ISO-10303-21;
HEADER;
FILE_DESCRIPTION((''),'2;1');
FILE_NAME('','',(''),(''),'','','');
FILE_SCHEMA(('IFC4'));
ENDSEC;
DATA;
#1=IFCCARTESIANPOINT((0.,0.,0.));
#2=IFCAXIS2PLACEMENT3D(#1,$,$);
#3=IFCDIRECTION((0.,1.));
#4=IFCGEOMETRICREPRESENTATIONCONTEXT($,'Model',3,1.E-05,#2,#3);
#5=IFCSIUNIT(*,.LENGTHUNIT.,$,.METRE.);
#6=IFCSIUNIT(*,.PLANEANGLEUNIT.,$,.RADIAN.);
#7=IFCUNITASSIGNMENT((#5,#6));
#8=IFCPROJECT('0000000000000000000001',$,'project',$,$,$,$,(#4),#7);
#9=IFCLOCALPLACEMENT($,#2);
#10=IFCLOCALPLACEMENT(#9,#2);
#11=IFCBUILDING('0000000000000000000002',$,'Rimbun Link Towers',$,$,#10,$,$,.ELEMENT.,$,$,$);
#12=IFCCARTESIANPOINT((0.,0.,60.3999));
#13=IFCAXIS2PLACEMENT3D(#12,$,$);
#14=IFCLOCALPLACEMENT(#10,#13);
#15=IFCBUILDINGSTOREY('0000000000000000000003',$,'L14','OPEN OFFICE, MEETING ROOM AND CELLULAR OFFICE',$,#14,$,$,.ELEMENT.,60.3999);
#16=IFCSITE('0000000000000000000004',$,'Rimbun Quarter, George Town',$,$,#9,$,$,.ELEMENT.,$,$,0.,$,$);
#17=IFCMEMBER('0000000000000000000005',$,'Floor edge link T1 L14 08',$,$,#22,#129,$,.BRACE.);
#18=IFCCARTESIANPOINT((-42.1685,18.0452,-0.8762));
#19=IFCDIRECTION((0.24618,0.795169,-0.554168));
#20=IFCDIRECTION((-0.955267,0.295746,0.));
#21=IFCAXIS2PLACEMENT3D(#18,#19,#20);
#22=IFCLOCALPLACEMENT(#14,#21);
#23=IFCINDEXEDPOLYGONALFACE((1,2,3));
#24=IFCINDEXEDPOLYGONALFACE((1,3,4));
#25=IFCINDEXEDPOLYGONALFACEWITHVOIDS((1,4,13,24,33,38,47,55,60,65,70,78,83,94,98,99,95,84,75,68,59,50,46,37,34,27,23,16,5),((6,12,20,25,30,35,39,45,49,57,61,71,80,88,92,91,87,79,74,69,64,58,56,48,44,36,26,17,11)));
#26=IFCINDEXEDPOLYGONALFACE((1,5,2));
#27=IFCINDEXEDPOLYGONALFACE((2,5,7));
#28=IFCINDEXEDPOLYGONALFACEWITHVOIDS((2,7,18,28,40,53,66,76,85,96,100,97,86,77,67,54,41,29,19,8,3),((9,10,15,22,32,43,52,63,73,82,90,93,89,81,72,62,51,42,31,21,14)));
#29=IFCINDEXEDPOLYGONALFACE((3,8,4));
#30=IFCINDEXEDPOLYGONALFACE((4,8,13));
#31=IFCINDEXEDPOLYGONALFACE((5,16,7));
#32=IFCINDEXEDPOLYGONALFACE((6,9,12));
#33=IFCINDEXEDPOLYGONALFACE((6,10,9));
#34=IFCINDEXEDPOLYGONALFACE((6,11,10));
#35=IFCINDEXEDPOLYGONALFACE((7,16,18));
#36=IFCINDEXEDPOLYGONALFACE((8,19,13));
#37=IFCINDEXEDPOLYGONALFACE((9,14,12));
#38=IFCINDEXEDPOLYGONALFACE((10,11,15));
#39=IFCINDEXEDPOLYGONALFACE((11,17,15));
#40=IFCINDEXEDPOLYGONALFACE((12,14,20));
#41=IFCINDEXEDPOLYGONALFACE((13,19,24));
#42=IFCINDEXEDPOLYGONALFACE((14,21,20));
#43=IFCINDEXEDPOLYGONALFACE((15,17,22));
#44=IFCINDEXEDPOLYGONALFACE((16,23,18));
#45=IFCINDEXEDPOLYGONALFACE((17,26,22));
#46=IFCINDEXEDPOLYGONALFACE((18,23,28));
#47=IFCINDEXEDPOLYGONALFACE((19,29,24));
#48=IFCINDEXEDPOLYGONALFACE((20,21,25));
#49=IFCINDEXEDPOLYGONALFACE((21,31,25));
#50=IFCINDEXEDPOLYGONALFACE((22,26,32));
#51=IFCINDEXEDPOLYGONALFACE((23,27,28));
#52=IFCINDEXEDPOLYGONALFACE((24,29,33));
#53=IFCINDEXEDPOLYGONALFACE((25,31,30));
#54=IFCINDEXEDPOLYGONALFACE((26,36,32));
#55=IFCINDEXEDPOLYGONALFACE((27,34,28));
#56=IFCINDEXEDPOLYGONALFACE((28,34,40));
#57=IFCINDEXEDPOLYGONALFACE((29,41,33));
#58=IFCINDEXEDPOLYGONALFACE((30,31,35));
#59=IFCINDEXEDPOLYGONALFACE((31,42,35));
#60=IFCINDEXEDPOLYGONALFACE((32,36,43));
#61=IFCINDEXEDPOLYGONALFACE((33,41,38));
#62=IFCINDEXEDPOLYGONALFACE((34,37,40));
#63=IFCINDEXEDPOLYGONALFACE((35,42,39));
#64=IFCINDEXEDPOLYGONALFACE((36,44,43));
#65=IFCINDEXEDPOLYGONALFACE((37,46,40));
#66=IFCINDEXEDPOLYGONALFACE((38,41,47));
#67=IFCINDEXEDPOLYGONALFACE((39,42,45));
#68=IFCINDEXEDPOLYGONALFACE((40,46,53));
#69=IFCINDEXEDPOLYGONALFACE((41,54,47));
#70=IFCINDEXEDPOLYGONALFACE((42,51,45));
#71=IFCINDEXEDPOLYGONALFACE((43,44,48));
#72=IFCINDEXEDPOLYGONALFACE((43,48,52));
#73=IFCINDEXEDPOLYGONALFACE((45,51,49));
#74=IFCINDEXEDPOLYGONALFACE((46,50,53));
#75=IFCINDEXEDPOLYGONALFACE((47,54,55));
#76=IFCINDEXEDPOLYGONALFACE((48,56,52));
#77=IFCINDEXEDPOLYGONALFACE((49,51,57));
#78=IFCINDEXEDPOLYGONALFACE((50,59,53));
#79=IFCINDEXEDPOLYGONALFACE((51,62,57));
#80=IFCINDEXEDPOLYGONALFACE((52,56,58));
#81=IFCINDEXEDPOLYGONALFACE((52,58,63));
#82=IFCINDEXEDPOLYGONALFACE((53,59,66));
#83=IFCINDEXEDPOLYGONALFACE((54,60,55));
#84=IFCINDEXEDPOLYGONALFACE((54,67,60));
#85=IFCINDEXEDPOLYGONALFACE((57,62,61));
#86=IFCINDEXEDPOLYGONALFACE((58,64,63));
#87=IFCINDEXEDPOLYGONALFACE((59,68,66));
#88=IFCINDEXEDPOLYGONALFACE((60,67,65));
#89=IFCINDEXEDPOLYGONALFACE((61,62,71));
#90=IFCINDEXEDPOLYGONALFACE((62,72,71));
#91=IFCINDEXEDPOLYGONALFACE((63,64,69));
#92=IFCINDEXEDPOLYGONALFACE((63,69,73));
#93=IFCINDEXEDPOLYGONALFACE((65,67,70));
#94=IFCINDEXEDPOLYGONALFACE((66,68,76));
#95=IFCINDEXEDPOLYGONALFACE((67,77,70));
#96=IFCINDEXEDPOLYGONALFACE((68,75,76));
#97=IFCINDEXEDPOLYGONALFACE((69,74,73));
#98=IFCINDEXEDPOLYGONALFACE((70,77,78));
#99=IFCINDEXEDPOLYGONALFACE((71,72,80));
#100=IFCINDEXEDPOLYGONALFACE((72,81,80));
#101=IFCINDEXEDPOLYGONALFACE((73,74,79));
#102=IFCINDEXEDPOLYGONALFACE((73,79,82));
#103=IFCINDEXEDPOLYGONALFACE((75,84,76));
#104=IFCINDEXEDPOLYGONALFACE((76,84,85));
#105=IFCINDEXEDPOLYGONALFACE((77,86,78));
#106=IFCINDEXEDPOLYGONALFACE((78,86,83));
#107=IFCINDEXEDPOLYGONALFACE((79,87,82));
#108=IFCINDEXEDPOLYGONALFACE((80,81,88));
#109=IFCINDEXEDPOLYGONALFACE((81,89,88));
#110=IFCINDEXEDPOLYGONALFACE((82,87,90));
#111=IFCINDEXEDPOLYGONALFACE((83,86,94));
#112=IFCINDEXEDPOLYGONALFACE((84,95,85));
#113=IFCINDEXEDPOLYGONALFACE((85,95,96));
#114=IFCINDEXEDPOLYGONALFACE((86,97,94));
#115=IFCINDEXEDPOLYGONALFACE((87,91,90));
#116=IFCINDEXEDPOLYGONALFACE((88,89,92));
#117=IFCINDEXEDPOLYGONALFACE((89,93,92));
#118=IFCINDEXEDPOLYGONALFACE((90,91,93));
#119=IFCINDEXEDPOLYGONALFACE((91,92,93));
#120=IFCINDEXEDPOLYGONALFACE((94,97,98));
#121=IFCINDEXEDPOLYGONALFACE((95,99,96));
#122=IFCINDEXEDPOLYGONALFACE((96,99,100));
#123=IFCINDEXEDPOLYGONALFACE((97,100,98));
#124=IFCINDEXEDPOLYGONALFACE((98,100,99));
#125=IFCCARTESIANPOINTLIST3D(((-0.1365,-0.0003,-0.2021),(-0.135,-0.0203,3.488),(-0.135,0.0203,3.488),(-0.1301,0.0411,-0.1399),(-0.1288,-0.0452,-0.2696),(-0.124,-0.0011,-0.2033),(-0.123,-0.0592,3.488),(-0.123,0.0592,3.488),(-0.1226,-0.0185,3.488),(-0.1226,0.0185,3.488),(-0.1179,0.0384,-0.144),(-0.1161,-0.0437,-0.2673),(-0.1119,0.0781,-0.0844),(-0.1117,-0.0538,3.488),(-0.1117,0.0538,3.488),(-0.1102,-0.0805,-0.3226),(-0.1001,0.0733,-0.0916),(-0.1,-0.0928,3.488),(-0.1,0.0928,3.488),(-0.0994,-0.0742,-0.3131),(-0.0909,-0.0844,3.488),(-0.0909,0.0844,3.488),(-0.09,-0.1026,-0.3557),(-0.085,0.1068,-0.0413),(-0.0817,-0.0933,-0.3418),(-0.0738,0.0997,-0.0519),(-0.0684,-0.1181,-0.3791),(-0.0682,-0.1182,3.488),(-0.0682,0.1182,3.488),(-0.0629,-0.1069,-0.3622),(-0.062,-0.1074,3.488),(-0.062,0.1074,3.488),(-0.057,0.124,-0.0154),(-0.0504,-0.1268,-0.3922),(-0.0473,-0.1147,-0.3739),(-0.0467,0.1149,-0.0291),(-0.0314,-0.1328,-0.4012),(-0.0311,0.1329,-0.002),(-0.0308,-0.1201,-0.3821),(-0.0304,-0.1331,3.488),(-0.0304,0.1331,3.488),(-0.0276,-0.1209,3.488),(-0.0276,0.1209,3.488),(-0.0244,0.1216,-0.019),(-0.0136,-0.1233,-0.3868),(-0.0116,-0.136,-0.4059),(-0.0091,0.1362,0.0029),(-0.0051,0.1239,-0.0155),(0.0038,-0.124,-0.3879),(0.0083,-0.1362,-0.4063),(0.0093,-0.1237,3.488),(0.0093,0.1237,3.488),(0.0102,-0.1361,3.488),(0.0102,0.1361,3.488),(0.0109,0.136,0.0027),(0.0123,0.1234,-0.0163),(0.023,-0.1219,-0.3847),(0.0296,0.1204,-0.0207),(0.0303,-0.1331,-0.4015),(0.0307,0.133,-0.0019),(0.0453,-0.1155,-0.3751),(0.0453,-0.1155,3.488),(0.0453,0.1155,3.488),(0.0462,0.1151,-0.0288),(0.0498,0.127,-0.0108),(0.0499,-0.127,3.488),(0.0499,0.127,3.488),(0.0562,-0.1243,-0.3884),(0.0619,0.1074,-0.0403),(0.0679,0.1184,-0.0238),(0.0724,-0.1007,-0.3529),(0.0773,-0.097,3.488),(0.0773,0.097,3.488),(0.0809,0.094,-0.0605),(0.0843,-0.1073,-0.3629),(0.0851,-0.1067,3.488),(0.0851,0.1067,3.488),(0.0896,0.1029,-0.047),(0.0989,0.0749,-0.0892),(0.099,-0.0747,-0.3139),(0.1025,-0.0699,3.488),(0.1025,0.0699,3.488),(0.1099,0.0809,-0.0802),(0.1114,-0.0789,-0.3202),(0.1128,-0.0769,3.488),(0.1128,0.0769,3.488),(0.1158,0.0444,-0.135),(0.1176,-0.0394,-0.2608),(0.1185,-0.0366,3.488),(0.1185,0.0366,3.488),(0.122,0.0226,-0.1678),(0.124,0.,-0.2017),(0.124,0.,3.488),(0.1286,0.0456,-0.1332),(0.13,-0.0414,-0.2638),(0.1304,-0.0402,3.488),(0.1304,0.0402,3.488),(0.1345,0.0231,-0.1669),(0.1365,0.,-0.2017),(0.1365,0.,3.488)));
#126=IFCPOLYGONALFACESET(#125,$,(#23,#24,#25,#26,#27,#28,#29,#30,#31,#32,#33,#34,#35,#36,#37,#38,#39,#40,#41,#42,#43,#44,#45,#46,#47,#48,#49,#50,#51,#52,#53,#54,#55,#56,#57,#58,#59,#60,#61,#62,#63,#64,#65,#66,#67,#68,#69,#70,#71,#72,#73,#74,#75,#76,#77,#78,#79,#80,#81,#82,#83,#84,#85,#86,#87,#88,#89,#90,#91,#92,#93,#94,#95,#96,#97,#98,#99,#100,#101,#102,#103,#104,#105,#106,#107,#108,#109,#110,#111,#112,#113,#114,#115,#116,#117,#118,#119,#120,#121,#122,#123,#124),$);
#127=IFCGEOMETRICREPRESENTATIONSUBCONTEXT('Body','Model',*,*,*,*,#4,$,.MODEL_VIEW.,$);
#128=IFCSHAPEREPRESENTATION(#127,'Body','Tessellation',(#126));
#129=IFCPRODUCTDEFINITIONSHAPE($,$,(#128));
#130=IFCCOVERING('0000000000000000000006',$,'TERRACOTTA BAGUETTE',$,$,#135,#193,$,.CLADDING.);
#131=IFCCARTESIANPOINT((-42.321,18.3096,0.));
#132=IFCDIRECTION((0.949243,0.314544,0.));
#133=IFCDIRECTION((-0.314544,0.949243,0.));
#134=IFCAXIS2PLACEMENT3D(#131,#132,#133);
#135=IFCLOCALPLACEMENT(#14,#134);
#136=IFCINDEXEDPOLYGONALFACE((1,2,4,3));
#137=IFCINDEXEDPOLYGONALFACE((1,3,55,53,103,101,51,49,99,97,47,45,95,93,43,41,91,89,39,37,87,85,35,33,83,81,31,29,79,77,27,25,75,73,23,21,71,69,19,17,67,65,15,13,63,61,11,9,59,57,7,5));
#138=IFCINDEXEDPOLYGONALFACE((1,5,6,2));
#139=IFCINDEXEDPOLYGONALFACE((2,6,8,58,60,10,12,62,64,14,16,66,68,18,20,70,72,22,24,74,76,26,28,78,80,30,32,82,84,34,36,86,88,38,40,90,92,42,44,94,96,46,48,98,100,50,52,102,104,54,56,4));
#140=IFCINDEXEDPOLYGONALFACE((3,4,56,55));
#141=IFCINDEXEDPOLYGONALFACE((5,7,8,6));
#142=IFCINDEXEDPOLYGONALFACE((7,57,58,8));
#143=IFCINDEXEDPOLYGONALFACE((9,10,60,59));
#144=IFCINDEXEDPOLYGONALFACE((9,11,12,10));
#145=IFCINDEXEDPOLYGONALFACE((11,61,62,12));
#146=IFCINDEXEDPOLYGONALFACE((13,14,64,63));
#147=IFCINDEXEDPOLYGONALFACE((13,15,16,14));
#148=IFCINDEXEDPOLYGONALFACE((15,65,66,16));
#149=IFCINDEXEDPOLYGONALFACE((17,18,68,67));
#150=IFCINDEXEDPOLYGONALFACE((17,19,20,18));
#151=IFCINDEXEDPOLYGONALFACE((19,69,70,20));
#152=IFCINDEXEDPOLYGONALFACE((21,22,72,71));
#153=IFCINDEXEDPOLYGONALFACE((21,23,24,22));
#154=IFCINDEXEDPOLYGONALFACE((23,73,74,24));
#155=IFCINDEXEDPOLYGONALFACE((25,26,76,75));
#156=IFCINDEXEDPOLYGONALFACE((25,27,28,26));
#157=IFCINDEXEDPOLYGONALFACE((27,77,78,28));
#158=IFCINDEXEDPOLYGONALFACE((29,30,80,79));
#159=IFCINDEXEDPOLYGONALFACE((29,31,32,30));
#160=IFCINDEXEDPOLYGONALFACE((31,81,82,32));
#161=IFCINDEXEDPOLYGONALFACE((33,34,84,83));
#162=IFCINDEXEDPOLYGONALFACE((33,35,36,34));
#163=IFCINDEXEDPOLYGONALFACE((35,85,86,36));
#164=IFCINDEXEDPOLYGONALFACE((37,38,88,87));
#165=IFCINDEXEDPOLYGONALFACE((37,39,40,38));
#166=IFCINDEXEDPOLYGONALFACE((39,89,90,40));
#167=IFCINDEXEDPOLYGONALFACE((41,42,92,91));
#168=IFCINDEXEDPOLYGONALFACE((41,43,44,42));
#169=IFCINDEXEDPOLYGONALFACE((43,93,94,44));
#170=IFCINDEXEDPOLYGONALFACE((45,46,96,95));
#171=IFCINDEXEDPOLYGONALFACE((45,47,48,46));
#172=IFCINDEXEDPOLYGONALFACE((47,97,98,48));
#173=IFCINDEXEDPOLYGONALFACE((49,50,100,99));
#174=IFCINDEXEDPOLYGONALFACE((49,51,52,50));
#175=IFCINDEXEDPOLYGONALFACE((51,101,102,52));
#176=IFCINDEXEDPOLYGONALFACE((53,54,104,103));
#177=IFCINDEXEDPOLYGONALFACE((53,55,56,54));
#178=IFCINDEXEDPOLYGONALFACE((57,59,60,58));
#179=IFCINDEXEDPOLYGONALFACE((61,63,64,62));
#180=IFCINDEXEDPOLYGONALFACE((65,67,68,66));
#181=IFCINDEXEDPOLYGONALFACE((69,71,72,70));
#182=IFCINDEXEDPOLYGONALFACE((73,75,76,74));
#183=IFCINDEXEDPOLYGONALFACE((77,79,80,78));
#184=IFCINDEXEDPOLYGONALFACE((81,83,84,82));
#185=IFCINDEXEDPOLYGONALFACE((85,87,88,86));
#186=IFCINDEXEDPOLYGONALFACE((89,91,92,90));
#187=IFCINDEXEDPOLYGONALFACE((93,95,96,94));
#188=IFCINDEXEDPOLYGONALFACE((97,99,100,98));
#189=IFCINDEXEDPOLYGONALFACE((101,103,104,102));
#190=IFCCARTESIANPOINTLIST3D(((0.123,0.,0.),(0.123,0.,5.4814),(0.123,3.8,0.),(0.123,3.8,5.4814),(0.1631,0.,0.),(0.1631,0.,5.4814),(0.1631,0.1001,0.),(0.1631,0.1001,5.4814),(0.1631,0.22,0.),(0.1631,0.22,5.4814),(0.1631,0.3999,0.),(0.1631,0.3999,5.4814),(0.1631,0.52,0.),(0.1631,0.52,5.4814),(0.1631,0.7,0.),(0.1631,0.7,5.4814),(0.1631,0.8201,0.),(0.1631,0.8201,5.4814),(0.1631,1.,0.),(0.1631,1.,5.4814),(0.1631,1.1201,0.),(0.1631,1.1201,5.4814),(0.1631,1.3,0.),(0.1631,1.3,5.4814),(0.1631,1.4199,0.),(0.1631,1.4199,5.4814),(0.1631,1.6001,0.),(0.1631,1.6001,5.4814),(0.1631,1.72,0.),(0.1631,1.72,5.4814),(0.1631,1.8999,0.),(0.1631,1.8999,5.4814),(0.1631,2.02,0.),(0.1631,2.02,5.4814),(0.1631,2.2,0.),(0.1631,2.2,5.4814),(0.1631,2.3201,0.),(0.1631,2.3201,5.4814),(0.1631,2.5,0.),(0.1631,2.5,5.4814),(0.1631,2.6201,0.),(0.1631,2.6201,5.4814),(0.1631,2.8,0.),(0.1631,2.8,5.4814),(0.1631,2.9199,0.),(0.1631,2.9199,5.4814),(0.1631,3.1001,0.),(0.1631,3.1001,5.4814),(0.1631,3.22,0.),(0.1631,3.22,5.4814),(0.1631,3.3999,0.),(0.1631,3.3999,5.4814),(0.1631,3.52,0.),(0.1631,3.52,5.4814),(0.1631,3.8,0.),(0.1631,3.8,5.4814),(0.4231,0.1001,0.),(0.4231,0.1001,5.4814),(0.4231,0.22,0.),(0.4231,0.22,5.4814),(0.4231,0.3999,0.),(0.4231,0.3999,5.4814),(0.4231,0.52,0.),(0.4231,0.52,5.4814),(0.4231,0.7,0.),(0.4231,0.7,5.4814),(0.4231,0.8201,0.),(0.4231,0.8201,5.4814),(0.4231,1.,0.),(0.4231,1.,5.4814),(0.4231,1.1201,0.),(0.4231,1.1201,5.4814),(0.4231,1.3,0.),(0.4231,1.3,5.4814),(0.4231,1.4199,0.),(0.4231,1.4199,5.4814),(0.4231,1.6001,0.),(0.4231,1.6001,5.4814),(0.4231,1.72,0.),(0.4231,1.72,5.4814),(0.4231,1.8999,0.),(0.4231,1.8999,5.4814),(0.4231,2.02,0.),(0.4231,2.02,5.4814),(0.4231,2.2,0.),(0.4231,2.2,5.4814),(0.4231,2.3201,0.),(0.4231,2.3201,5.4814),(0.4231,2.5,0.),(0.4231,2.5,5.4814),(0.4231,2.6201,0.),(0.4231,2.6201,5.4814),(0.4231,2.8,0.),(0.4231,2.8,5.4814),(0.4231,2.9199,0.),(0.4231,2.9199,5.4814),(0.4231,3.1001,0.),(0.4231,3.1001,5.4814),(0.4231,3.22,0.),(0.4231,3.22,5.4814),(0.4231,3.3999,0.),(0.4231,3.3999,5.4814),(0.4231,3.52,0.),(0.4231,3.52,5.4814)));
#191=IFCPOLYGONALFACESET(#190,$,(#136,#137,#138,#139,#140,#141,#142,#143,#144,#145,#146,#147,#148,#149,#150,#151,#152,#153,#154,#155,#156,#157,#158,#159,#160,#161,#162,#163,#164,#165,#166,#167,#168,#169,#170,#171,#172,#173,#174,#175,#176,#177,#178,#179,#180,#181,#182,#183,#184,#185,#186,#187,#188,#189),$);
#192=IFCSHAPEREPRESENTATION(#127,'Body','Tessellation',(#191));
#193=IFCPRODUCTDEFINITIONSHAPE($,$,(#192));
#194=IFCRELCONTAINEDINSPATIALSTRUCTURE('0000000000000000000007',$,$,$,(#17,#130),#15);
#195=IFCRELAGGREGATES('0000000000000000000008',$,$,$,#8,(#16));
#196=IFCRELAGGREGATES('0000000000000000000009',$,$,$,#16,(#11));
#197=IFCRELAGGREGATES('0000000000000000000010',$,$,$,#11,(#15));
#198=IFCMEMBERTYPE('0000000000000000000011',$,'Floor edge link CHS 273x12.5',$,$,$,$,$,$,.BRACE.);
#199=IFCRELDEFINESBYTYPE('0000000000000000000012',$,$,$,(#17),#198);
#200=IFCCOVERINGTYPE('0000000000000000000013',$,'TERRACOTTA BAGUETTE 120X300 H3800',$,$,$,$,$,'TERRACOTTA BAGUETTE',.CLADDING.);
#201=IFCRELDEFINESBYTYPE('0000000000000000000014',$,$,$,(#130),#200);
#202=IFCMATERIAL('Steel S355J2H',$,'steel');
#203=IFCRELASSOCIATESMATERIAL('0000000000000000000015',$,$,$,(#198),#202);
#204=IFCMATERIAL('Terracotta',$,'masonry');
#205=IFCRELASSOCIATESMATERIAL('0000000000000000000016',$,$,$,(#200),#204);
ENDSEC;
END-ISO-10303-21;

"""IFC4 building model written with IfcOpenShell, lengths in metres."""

from ifc_helpers import new_model, si_unit, direction, frame, origin, origin_2d, place, context, subcontext, project, spatial, polyline, hollow_circle, outline, extrude, clip, halfspace, material, material_profile, profile_set, type_object, element, save


model = new_model("IFC4")

# Units and contexts
model_context = context("Model", 3, precision=1e-05, world=origin(), true_north=direction((0.0, 1.0)))
body_context = subcontext(model_context, "Body", "Model", "MODEL_VIEW")
ifc_project = project(units=[si_unit("LENGTHUNIT", "METRE"), si_unit("PLANEANGLEUNIT", "RADIAN")], contexts=[model_context])

# Site, building, storey
site_placement = place(None, origin())
site = spatial("IfcSite", under=ifc_project, at=site_placement, Name="Rimbun Quarter, George Town", CompositionType="ELEMENT", RefElevation=0.0)
building_placement = place(site_placement, origin())
building = spatial("IfcBuilding", under=site, at=building_placement, Name="Rimbun Link Towers", CompositionType="ELEMENT")
storey_placement = place(building_placement, frame((0.0, 0.0, 60.3999)))
storey = spatial("IfcBuildingStorey", under=building, at=storey_placement, Name="L14", Description="OPEN OFFICE, MEETING ROOM AND CELLULAR OFFICE", CompositionType="ELEMENT", Elevation=60.3999)

# Member
ifc_material_1 = material(Name="Steel S355J2H", Category="steel")
ifc_material_profile_1 = material_profile(ifc_material_1, hollow_circle(Radius=0.1365, WallThickness=0.0125, at=origin_2d()), Name="CHS 273x12.5")
ifc_profile_set_1 = profile_set([ifc_material_profile_1], Name="Steel S355J2H")
member_type_1 = type_object("IfcMemberType", Name="Floor edge link CHS 273x12.5", PredefinedType="BRACE", material=ifc_profile_set_1)
member_1_placement = place(storey_placement, frame((-42.1685, 18.0452, -0.8762), z_axis=(0.24618, 0.795169, -0.554168), x_axis=(-0.955267, 0.295746, 0.0)))
element("IfcMember", 1, at=member_1_placement, inside=storey, type_object=member_type_1, Name="Floor edge link T1 L14 08", PredefinedType="BRACE", context=body_context, shape_type="Clipping", body=[
    clip(extrude(hollow_circle(Radius=0.1365, WallThickness=0.0125, at=origin_2d()), frame((0.0, 0.0, -0.428)), (0.0, 0.0, 1.0), 3.916), halfspace(frame((0.0, 0.0, -0.2017), z_axis=(0.0, 0.832405, -0.554168)), False)),
])

# Covering
ifc_material_2 = material(Name="Terracotta", Category="masonry")
ifc_material_profile_2 = material_profile(ifc_material_2, outline(polyline([(0.123, 0.0), (0.1631, 0.0), (0.1631, 0.1001), (0.4231, 0.1001), (0.4231, 0.22), (0.1631, 0.22), (0.1631, 0.3999), (0.4231, 0.3999), (0.4231, 0.52), (0.1631, 0.52), (0.1631, 0.7), (0.4231, 0.7), (0.4231, 0.8201), (0.1631, 0.8201), (0.1631, 1.0), (0.4231, 1.0), (0.4231, 1.1201), (0.1631, 1.1201), (0.1631, 1.3), (0.4231, 1.3), (0.4231, 1.4199), (0.1631, 1.4199), (0.1631, 1.6001), (0.4231, 1.6001), (0.4231, 1.72), (0.1631, 1.72), (0.1631, 1.8999), (0.4231, 1.8999), (0.4231, 2.02), (0.1631, 2.02), (0.1631, 2.2), (0.4231, 2.2), (0.4231, 2.3201), (0.1631, 2.3201), (0.1631, 2.5), (0.4231, 2.5), (0.4231, 2.6201), (0.1631, 2.6201), (0.1631, 2.8), (0.4231, 2.8), (0.4231, 2.9199), (0.1631, 2.9199), (0.1631, 3.1001), (0.4231, 3.1001), (0.4231, 3.22), (0.1631, 3.22), (0.1631, 3.3999), (0.4231, 3.3999), (0.4231, 3.52), (0.1631, 3.52), (0.1631, 3.8), (0.123, 3.8), (0.123, 0.0)])), Name="BAGUETTE 120X300")
ifc_profile_set_2 = profile_set([ifc_material_profile_2], Name="Terracotta")
covering_type = type_object("IfcCoveringType", Name="TERRACOTTA BAGUETTE 120X300 H3800", ElementType="TERRACOTTA BAGUETTE", PredefinedType="CLADDING", material=ifc_profile_set_2)
covering_1_placement = place(storey_placement, frame((-42.321, 18.3096, 0.0), z_axis=(0.949243, 0.314544, 0.0), x_axis=(-0.314544, 0.949243, 0.0)))
element("IfcCovering", 2, at=covering_1_placement, inside=storey, type_object=covering_type, Name="TERRACOTTA BAGUETTE", PredefinedType="CLADDING", context=body_context, shape_type="SweptSolid", body=[
    extrude(outline(polyline([(0.123, 0.0), (0.1631, 0.0), (0.1631, 0.1001), (0.4231, 0.1001), (0.4231, 0.22), (0.1631, 0.22), (0.1631, 0.3999), (0.4231, 0.3999), (0.4231, 0.52), (0.1631, 0.52), (0.1631, 0.7), (0.4231, 0.7), (0.4231, 0.8201), (0.1631, 0.8201), (0.1631, 1.0), (0.4231, 1.0), (0.4231, 1.1201), (0.1631, 1.1201), (0.1631, 1.3), (0.4231, 1.3), (0.4231, 1.4199), (0.1631, 1.4199), (0.1631, 1.6001), (0.4231, 1.6001), (0.4231, 1.72), (0.1631, 1.72), (0.1631, 1.8999), (0.4231, 1.8999), (0.4231, 2.02), (0.1631, 2.02), (0.1631, 2.2), (0.4231, 2.2), (0.4231, 2.3201), (0.1631, 2.3201), (0.1631, 2.5), (0.4231, 2.5), (0.4231, 2.6201), (0.1631, 2.6201), (0.1631, 2.8), (0.4231, 2.8), (0.4231, 2.9199), (0.1631, 2.9199), (0.1631, 3.1001), (0.4231, 3.1001), (0.4231, 3.22), (0.1631, 3.22), (0.1631, 3.3999), (0.4231, 3.3999), (0.4231, 3.52), (0.1631, 3.52), (0.1631, 3.8), (0.123, 3.8), (0.123, 0.0)])), origin(), (0.0, 0.0, 1.0), 5.4814),
])

save(model, "model.ifc")
